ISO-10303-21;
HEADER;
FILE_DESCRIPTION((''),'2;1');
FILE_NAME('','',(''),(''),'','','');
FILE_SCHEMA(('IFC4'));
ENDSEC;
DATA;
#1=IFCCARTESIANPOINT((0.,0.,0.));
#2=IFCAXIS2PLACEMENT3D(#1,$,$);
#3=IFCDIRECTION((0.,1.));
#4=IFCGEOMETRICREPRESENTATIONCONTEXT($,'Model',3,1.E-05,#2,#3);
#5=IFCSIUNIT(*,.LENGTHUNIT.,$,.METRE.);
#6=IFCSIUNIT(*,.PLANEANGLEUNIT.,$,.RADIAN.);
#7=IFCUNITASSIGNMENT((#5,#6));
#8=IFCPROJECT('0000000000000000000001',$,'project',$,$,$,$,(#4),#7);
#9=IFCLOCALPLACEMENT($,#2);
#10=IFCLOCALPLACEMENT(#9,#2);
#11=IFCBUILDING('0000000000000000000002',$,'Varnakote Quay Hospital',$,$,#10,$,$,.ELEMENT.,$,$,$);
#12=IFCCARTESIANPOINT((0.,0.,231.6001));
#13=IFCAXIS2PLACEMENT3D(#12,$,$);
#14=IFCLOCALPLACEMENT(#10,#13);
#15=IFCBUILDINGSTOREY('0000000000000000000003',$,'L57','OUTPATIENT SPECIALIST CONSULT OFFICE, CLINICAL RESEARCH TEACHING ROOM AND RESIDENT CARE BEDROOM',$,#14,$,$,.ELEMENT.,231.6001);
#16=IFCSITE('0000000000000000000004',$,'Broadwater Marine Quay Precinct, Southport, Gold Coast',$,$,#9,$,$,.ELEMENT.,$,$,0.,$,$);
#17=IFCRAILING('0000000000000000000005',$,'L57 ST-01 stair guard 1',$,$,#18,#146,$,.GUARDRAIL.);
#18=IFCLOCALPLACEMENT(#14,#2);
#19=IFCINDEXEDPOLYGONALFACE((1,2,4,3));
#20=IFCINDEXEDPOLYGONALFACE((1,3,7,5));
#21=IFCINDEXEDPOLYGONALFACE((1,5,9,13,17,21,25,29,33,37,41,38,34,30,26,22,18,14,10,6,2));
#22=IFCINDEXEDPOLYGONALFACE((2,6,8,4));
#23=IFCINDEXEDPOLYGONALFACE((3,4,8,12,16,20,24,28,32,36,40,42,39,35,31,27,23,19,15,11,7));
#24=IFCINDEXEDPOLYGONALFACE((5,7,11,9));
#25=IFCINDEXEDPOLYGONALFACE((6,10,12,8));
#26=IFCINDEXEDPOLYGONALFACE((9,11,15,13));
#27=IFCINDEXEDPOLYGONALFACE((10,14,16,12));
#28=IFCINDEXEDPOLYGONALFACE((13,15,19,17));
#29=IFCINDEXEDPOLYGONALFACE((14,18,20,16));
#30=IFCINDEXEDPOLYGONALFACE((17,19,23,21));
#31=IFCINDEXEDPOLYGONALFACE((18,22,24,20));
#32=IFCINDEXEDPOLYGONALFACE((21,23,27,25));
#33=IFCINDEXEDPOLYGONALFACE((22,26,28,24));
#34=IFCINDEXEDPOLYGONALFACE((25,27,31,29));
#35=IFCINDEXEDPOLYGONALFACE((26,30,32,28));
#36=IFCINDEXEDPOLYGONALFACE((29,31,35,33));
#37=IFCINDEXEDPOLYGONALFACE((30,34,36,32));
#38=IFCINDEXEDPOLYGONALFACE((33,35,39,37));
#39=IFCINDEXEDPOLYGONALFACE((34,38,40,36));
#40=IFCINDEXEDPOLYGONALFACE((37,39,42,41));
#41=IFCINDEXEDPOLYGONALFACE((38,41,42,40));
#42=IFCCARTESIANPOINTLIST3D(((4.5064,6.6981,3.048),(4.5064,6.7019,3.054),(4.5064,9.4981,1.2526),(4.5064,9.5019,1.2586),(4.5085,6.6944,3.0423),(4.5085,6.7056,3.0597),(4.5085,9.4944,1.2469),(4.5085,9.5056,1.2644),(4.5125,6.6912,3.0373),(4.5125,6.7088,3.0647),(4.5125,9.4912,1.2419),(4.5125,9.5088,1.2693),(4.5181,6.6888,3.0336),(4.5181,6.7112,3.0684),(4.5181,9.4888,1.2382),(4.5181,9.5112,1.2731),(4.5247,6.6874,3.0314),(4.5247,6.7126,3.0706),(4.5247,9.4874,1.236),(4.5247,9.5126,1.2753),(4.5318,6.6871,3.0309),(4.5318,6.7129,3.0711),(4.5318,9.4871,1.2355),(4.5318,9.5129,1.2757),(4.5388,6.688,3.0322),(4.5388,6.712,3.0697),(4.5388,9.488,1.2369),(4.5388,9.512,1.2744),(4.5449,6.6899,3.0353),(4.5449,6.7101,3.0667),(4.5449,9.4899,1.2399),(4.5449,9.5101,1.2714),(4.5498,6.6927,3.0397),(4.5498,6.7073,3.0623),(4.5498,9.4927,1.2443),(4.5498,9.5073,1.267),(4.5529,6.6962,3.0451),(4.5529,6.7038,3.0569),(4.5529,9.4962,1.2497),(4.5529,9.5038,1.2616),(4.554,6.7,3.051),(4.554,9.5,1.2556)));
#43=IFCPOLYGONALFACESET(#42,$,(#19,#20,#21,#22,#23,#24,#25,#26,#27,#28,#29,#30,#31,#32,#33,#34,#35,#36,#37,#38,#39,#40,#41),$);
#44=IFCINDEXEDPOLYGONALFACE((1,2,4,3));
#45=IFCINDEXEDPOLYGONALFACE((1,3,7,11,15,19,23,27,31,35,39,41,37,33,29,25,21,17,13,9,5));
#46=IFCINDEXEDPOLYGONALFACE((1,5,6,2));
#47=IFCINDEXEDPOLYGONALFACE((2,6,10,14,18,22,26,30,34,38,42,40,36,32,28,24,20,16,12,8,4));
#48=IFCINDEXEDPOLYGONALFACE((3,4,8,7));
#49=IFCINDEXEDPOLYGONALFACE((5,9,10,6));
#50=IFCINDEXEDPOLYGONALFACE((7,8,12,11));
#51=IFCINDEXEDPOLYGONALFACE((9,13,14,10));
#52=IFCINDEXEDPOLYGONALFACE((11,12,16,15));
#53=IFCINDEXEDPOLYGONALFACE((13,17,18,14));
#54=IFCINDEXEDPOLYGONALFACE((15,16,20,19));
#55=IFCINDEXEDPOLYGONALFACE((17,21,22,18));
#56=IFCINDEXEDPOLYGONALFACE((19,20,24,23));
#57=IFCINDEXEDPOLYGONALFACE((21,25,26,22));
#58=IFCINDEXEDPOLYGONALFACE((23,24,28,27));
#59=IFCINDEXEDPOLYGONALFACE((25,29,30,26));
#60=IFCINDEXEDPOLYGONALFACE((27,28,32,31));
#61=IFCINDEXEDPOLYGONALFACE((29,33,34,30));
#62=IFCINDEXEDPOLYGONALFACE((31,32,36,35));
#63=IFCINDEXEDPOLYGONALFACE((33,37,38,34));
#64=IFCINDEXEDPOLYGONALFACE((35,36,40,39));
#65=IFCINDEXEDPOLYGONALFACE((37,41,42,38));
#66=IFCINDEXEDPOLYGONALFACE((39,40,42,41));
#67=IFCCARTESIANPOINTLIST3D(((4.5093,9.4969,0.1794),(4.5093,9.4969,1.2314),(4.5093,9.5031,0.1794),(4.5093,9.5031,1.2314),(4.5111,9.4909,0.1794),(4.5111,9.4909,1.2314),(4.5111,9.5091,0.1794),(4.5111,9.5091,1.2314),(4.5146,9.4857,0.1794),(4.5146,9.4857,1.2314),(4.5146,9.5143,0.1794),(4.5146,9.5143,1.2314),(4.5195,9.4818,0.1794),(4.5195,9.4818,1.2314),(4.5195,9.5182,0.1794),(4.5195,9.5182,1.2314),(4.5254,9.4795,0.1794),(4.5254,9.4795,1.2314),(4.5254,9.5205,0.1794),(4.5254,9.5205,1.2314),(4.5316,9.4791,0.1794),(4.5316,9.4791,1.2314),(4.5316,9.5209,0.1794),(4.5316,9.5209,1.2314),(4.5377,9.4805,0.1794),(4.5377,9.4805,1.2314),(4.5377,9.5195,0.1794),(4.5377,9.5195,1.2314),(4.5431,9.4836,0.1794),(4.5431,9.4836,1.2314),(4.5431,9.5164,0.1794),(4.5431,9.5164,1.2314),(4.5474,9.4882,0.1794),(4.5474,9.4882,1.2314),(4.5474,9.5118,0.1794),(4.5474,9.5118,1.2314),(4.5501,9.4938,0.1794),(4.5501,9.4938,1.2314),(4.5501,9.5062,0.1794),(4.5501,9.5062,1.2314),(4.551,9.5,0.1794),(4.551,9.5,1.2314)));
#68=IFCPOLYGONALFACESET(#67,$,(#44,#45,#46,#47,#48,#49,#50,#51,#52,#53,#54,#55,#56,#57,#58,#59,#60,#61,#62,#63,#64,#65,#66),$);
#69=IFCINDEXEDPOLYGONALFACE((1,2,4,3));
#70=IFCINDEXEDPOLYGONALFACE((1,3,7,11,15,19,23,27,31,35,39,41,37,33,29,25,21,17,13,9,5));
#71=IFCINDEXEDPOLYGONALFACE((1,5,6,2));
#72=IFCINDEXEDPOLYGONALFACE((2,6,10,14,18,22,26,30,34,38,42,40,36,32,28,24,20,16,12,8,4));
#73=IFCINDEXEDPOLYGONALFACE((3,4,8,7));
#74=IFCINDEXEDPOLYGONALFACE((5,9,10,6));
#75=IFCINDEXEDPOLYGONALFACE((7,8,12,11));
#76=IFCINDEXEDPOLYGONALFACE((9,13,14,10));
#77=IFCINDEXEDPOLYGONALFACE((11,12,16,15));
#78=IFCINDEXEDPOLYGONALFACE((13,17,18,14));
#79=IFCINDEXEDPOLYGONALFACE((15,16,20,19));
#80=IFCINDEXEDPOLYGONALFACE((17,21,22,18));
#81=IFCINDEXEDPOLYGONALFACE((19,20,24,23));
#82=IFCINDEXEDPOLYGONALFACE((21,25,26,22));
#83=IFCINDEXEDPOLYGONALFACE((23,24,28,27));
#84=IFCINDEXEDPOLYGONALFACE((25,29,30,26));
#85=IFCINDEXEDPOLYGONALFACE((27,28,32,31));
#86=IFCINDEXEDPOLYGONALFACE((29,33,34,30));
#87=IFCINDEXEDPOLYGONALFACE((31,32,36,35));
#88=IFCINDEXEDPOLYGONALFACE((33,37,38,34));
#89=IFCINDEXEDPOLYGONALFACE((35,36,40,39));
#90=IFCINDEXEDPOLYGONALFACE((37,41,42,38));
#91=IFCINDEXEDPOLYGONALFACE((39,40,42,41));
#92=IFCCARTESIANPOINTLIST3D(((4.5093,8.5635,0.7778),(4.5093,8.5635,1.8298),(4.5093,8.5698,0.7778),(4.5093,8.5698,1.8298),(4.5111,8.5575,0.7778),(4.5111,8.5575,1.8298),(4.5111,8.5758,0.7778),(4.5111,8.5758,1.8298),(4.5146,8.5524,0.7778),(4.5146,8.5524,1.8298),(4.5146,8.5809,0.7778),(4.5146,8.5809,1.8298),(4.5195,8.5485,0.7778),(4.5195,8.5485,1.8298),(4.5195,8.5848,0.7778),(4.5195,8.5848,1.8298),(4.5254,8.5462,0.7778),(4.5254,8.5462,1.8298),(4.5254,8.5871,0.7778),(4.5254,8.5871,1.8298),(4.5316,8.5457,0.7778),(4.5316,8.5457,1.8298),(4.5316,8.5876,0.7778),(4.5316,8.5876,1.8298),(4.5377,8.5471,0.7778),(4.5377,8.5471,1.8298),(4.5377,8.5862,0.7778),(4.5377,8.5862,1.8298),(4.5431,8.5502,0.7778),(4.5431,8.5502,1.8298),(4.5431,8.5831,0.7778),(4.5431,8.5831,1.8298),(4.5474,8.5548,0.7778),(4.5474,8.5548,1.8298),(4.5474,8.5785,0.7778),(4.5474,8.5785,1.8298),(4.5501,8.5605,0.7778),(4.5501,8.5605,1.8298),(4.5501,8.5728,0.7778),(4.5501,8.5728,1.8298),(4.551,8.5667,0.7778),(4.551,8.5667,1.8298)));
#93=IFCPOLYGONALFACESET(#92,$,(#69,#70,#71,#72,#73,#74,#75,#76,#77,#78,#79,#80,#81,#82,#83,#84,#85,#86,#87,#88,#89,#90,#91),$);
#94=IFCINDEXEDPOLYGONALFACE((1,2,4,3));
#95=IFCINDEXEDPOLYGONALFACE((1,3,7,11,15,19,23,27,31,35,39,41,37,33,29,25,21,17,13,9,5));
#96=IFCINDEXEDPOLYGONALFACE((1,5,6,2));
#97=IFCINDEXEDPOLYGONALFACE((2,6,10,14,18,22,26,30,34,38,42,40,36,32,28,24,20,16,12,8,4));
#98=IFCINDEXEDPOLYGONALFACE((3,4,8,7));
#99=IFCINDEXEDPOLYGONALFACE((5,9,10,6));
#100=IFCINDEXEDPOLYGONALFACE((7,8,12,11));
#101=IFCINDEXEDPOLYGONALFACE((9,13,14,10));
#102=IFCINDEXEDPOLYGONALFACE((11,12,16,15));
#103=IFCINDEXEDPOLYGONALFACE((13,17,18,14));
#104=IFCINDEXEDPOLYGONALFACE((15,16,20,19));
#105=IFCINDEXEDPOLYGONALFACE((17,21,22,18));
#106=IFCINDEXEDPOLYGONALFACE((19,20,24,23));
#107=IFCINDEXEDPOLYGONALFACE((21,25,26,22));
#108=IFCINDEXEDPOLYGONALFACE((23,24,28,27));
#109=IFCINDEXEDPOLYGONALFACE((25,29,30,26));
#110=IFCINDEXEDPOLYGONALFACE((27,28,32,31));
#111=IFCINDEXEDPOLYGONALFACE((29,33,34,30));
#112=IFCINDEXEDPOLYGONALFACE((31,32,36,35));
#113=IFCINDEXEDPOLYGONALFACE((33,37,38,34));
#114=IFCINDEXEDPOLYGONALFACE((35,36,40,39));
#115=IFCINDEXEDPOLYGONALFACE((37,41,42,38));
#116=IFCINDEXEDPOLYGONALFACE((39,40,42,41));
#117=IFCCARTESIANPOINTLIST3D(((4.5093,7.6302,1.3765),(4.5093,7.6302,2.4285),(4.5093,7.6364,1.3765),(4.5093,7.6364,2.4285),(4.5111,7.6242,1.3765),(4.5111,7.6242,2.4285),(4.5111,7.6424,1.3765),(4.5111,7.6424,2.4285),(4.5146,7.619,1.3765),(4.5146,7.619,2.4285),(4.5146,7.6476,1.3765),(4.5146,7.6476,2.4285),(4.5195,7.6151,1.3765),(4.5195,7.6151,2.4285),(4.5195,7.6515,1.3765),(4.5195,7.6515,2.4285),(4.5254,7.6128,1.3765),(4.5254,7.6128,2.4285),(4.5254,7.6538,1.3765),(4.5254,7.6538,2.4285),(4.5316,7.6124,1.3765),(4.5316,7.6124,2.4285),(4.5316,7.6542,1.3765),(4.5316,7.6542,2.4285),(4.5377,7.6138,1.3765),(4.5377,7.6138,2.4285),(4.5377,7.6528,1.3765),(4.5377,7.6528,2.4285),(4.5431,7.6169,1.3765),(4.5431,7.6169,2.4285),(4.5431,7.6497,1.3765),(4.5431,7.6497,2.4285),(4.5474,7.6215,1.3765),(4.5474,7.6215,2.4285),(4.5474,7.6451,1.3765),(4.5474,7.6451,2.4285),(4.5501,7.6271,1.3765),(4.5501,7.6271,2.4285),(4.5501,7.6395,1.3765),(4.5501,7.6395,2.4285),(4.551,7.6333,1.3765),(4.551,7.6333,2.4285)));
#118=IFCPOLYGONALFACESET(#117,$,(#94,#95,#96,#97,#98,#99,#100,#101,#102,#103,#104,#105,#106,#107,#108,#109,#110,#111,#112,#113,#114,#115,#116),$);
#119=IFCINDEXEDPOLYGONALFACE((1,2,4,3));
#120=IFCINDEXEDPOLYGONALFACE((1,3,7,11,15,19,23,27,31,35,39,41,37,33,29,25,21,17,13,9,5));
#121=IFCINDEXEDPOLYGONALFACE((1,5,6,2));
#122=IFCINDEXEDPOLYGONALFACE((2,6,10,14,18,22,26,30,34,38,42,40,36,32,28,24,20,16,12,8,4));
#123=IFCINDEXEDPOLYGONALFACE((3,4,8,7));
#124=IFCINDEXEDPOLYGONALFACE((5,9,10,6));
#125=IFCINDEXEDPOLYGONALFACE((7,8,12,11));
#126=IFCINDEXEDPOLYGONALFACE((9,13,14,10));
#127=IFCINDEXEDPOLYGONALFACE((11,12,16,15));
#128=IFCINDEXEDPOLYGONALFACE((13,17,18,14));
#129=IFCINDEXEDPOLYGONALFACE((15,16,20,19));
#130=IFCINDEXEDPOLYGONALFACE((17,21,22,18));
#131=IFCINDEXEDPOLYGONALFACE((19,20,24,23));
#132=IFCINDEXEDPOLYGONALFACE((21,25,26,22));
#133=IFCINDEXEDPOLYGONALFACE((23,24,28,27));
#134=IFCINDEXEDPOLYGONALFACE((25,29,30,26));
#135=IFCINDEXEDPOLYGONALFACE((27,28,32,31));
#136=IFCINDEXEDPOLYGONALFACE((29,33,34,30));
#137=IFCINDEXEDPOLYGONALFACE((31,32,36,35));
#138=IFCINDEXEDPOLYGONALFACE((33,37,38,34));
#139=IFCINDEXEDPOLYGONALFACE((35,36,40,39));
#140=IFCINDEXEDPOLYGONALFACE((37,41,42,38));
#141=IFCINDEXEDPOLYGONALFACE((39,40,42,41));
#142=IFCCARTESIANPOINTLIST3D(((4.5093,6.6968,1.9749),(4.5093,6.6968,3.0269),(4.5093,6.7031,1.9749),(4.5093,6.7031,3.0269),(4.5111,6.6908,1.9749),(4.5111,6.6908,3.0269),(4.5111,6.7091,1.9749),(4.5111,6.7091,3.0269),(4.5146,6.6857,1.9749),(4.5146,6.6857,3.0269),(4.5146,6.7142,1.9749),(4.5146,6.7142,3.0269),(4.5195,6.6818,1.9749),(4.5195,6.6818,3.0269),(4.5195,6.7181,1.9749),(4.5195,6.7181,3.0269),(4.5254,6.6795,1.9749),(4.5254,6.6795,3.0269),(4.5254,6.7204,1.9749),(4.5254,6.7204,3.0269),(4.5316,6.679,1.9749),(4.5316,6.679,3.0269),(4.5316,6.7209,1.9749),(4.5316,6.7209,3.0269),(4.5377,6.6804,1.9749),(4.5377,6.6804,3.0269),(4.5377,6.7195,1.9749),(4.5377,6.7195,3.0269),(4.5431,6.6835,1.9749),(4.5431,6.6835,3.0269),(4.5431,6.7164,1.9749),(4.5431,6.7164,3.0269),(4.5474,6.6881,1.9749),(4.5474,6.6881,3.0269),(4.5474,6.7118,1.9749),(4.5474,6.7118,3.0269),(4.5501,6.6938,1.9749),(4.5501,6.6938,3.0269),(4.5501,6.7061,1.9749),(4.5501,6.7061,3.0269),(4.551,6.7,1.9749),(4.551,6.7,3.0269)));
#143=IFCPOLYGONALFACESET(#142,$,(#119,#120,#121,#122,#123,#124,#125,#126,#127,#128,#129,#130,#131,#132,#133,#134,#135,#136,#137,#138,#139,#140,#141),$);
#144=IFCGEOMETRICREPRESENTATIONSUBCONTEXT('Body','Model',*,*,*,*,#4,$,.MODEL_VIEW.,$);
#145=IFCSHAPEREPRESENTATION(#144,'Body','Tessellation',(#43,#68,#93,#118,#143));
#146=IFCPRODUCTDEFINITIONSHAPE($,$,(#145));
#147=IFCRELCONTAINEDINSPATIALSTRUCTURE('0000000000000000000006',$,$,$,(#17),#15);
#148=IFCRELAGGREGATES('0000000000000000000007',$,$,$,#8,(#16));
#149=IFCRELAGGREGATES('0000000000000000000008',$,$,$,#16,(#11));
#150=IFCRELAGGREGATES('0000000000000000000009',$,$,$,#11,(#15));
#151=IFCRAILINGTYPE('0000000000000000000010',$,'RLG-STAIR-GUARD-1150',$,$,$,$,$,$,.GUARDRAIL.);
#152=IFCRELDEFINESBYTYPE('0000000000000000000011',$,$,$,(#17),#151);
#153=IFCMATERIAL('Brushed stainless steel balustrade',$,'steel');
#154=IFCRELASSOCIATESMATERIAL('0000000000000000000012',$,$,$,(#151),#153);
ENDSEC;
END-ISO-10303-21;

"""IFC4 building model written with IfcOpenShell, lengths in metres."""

from ifc_helpers import new_model, si_unit, direction, frame, origin, origin_2d, place, context, subcontext, project, spatial, circle, extrude, material, type_object, element, save


model = new_model("IFC4")

# Units and contexts
model_context = context("Model", 3, precision=1e-05, world=origin(), true_north=direction((0.0, 1.0)))
body_context = subcontext(model_context, "Body", "Model", "MODEL_VIEW")
ifc_project = project(units=[si_unit("LENGTHUNIT", "METRE"), si_unit("PLANEANGLEUNIT", "RADIAN")], contexts=[model_context])

# Site, building, storey
site_placement = place(None, origin())
site = spatial("IfcSite", under=ifc_project, at=site_placement, Name="Broadwater Marine Quay Precinct, Southport, Gold Coast", CompositionType="ELEMENT", RefElevation=0.0)
building_placement = place(site_placement, origin())
building = spatial("IfcBuilding", under=site, at=building_placement, Name="Varnakote Quay Hospital", CompositionType="ELEMENT")
storey_placement = place(building_placement, frame((0.0, 0.0, 231.6001)))
storey = spatial("IfcBuildingStorey", under=building, at=storey_placement, Name="L57", Description="OUTPATIENT SPECIALIST CONSULT OFFICE, CLINICAL RESEARCH TEACHING ROOM AND RESIDENT CARE BEDROOM", CompositionType="ELEMENT", Elevation=231.6001)

# Railing
ifc_material_1 = material(Name="Brushed stainless steel balustrade", Category="steel")
railing_type_1 = type_object("IfcRailingType", Name="RLG-STAIR-GUARD-1150", PredefinedType="GUARDRAIL", material=ifc_material_1)
railing_1_placement = place(storey_placement, frame((4.53, 9.5, 0.1794)))
element("IfcRailing", 1, at=railing_1_placement, inside=storey, type_object=railing_type_1, Name="L57 ST-01 stair guard 1", PredefinedType="GUARDRAIL", context=body_context, shape_type="SweptSolid", body=[
    extrude(circle(Radius=0.0239, at=origin_2d()), frame((0.0, 0.0, 1.0762), z_axis=(0.0, -0.84181, 0.539774), x_axis=(1.0, 0.0, 0.0)), (0.0, 0.0, 1.0), 3.3262),
    extrude(circle(Radius=0.021, at=origin_2d()), origin(), (0.0, 0.0, 1.0), 1.052),
    extrude(circle(Radius=0.021, at=origin_2d()), frame((0.0, -0.9333, 0.5984)), (0.0, 0.0, 1.0), 1.052),
    extrude(circle(Radius=0.021, at=origin_2d()), frame((0.0, -1.8667, 1.197)), (0.0, 0.0, 1.0), 1.052),
    extrude(circle(Radius=0.021, at=origin_2d()), frame((0.0, -2.8, 1.7954)), (0.0, 0.0, 1.0), 1.052),
])

save(model, "model.ifc")
